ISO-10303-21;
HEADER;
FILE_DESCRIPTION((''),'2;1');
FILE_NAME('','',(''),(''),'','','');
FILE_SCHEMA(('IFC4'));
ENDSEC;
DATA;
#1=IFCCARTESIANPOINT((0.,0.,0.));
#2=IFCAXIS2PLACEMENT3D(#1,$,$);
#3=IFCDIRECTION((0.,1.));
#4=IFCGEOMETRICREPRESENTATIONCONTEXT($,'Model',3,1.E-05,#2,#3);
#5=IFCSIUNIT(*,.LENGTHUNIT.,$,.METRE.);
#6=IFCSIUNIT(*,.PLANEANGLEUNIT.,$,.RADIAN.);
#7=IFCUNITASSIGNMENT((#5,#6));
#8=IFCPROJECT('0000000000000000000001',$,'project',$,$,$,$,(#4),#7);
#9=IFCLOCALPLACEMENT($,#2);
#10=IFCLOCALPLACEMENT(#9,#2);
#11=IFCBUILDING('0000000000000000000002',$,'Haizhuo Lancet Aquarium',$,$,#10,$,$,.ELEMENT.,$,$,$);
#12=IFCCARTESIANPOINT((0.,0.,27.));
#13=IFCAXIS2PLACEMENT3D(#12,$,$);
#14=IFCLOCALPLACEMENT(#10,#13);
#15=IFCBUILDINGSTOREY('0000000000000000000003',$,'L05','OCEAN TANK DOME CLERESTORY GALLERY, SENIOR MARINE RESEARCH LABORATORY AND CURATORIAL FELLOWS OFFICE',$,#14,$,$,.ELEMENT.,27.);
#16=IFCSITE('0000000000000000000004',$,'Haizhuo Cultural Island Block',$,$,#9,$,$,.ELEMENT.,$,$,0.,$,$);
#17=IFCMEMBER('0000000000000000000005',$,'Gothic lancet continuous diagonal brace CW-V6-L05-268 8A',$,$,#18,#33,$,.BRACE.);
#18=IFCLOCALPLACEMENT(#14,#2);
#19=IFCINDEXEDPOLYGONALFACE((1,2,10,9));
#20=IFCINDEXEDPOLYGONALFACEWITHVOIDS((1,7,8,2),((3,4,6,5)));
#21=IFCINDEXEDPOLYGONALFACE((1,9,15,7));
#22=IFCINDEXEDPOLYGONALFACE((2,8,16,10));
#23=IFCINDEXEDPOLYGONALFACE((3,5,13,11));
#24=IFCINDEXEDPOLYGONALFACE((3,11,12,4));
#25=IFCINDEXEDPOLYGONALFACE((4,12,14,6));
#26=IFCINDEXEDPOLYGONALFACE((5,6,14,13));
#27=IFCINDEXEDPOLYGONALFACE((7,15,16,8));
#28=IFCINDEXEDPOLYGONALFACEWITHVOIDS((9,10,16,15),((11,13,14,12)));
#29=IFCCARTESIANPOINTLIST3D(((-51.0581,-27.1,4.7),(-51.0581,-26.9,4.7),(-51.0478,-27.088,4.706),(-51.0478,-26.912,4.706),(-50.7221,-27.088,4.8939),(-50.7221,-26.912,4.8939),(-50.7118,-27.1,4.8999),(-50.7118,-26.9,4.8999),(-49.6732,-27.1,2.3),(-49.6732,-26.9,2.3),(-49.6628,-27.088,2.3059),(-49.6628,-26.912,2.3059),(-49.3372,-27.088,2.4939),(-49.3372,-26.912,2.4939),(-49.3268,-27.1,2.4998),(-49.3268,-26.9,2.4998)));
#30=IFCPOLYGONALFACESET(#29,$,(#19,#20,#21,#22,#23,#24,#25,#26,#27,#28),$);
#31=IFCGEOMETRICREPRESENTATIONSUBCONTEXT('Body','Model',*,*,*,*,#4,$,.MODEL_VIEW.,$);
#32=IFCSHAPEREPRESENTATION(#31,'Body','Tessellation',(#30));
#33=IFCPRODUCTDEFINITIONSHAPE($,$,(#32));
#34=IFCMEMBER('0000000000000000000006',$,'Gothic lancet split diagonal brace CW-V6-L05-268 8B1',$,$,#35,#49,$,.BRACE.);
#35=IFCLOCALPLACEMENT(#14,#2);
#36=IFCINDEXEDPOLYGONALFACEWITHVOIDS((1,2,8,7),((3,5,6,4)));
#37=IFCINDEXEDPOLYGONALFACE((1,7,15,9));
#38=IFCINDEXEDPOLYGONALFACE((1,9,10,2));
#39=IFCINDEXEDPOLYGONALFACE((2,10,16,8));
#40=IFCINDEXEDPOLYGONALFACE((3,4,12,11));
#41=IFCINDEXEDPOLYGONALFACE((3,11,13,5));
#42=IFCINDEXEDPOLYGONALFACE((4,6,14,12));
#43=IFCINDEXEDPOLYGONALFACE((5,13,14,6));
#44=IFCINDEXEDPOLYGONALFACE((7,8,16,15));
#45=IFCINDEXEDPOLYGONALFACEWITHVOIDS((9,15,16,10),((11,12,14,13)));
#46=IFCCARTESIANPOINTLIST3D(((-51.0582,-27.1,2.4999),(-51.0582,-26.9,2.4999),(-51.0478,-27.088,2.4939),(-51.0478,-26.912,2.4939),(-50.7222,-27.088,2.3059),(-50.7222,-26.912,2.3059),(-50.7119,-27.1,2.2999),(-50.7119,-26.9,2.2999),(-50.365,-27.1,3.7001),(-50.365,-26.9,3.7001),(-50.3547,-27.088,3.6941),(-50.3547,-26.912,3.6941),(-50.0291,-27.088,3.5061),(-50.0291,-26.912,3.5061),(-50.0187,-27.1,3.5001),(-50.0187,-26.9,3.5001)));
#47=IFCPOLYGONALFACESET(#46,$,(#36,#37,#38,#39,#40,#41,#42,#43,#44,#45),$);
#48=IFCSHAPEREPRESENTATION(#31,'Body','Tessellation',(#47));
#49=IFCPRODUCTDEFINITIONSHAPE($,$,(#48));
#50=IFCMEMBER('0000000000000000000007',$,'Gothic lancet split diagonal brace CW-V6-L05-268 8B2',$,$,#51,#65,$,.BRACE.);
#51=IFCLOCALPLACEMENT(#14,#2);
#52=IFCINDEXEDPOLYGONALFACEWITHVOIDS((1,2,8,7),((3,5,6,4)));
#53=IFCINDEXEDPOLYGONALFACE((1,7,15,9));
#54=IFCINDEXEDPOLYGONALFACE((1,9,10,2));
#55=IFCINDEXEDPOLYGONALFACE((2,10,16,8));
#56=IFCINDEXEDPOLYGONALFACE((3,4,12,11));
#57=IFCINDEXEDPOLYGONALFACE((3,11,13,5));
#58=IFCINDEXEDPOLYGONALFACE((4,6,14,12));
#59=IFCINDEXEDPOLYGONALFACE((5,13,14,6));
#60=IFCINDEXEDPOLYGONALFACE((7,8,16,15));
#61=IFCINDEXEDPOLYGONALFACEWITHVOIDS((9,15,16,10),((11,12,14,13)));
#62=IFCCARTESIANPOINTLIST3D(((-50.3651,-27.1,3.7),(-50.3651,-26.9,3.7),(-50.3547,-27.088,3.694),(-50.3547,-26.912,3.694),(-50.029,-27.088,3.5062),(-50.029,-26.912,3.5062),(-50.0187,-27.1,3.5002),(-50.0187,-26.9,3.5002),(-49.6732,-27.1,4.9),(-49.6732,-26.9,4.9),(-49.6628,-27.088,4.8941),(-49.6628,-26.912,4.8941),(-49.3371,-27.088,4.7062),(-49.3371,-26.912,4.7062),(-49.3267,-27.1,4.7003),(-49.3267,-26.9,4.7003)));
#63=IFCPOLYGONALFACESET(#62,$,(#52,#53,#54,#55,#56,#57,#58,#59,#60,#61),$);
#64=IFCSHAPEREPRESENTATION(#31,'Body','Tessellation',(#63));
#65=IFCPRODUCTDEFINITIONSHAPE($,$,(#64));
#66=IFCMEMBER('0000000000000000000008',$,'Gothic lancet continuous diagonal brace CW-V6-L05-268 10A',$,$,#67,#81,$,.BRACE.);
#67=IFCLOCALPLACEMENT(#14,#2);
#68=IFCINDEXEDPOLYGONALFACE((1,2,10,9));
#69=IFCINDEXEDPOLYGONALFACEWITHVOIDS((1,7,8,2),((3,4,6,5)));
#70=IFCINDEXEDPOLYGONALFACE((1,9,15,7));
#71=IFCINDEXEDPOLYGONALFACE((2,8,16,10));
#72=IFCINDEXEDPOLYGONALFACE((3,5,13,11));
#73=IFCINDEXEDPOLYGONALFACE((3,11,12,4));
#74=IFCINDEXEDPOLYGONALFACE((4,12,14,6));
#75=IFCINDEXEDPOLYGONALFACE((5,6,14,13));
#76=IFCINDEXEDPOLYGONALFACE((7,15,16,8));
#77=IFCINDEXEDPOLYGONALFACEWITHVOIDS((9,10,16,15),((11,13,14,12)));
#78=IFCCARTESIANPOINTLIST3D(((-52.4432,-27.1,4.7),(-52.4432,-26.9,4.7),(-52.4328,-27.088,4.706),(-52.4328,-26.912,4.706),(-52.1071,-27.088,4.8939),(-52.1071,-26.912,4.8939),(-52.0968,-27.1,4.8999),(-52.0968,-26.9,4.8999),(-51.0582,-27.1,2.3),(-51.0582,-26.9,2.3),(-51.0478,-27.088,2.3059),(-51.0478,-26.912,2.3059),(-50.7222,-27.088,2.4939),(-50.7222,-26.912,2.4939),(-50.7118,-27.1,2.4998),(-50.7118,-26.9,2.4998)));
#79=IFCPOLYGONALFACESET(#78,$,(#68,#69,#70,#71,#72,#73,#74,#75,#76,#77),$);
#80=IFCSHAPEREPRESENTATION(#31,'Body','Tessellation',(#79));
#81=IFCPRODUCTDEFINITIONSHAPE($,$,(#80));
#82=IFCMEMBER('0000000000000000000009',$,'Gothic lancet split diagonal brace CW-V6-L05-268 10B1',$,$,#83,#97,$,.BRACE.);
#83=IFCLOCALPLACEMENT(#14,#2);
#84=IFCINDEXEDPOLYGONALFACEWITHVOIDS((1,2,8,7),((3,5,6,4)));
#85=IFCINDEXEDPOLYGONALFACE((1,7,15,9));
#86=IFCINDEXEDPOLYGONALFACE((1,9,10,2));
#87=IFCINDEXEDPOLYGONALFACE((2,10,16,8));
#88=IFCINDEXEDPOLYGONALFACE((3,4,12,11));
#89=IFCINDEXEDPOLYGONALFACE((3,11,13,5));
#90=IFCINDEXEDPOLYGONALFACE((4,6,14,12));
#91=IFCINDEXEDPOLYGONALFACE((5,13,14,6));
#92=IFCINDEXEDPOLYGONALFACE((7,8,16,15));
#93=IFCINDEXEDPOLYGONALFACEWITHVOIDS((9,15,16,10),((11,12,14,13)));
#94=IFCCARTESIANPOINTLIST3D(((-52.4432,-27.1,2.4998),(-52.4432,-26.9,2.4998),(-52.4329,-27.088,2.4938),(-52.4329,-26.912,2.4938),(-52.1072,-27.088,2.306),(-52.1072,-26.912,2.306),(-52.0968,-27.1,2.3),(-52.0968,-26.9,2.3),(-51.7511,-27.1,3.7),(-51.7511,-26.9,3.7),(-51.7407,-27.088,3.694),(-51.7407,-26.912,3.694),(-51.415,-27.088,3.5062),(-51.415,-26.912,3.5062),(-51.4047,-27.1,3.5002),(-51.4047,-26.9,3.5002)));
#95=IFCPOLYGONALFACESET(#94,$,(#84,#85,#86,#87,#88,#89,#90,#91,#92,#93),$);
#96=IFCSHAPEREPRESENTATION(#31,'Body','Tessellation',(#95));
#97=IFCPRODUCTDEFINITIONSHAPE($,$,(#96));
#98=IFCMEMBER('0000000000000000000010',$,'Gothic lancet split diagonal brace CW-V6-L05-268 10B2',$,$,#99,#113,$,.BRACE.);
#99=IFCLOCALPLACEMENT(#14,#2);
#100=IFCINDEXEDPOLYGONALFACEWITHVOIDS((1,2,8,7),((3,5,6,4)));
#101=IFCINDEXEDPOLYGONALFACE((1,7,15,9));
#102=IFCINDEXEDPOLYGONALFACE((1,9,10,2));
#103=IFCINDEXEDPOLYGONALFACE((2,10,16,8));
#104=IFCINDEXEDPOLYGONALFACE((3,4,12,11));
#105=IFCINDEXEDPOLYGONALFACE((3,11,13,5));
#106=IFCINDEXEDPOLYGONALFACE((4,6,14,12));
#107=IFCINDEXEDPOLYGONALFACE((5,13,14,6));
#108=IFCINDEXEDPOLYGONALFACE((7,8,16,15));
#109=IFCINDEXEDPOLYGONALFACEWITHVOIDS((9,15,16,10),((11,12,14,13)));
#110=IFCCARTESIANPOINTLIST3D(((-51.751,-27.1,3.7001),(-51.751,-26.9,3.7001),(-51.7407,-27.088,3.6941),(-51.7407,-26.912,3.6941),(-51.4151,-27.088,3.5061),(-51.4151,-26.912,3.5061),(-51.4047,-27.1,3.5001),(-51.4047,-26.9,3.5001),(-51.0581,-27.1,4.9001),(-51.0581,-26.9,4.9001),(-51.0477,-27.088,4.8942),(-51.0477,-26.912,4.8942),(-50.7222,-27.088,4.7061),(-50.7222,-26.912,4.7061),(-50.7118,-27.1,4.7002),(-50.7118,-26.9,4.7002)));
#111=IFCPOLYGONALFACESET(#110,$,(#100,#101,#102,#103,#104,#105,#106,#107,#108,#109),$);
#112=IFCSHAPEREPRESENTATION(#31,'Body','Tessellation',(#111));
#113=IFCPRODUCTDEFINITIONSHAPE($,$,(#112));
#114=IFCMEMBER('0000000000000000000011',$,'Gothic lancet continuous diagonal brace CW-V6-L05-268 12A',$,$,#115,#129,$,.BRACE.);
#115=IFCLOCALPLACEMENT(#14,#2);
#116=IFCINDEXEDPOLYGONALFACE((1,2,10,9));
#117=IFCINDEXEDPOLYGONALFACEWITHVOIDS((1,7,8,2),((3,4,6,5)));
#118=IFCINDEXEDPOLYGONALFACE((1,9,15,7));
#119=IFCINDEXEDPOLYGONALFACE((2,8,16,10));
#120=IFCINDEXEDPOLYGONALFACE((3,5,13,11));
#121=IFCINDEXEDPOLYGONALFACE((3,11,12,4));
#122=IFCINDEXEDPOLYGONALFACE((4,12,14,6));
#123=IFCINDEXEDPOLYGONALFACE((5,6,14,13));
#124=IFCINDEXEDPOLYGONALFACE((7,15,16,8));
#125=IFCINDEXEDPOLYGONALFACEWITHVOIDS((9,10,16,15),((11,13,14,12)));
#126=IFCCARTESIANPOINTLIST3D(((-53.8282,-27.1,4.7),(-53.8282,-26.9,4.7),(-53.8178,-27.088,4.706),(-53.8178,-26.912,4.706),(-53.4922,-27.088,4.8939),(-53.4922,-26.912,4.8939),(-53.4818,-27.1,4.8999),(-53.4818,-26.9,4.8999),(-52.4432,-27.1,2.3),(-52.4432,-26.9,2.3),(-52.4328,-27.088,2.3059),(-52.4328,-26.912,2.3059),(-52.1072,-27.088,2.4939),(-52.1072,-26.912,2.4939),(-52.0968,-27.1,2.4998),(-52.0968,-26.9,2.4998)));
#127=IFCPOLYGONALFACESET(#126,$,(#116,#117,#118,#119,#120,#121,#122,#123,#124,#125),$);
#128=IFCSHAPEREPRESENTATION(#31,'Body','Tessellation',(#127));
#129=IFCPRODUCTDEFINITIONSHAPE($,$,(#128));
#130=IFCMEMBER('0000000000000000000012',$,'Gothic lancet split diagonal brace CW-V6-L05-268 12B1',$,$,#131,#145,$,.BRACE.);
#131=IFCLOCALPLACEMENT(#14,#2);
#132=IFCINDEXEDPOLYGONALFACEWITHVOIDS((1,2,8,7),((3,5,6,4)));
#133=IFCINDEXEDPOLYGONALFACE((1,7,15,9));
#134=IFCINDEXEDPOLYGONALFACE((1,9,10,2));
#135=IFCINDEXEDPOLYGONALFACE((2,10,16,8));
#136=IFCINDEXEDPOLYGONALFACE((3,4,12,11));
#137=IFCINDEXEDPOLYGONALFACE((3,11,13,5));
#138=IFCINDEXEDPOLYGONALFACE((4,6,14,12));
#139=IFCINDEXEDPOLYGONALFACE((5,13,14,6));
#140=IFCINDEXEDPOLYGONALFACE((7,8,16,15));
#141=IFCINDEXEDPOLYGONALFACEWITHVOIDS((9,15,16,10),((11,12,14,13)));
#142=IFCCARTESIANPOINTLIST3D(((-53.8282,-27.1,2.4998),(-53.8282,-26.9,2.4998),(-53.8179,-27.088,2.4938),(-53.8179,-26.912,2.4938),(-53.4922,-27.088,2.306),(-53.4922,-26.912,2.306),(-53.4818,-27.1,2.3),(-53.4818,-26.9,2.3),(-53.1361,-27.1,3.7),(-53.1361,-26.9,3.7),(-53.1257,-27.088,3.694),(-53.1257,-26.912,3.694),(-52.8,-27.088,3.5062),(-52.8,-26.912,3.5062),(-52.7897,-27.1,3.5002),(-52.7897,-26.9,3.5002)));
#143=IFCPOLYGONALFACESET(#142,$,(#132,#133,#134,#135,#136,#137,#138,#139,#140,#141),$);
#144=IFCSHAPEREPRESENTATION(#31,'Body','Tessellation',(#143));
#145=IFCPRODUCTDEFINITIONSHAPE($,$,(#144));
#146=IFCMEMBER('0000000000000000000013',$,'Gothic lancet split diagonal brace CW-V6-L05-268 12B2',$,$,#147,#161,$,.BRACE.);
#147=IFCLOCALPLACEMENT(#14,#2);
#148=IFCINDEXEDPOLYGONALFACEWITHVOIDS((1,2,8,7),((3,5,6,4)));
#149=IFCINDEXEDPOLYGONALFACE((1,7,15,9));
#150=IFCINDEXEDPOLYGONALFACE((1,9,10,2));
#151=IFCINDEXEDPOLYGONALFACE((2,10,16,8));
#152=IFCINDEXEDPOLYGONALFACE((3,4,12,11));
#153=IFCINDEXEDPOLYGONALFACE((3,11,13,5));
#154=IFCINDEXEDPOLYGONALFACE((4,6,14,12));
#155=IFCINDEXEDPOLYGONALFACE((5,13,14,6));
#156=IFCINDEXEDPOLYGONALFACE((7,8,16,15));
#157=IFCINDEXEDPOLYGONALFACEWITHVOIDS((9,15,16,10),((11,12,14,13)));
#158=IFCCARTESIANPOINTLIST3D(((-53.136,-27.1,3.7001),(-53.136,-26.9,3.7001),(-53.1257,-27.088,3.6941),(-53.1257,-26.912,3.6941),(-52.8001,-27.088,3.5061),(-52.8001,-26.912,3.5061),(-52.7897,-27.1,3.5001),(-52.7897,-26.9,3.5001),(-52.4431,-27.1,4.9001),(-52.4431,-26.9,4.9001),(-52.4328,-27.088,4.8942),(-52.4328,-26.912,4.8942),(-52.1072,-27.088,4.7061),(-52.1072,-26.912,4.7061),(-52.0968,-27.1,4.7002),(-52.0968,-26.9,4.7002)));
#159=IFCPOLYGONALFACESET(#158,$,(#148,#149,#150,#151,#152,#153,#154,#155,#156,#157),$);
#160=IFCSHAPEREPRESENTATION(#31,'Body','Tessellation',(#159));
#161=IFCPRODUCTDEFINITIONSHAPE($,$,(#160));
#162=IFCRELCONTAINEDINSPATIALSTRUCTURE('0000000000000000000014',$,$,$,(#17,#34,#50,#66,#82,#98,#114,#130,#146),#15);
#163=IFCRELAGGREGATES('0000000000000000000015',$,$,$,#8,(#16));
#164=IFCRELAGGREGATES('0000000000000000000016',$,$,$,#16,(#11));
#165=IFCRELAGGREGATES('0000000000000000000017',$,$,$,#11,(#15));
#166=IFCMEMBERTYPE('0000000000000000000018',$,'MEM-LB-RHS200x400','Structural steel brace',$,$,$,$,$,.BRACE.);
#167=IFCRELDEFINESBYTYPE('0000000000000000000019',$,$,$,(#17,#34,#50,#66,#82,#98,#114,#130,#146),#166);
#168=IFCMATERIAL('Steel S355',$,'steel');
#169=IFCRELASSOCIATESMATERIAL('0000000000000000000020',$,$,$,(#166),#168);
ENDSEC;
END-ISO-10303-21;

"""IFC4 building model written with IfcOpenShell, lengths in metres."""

from ifc_helpers import new_model, si_unit, direction, frame, origin, origin_2d, place, context, subcontext, project, spatial, hollow_rectangle, extrude, material, material_profile, profile_set, type_object, element, save


model = new_model("IFC4")

# Units and contexts
model_context = context("Model", 3, precision=1e-05, world=origin(), true_north=direction((0.0, 1.0)))
body_context = subcontext(model_context, "Body", "Model", "MODEL_VIEW")
ifc_project = project(units=[si_unit("LENGTHUNIT", "METRE"), si_unit("PLANEANGLEUNIT", "RADIAN")], contexts=[model_context])

# Site, building, storey
site_placement = place(None, origin())
site = spatial("IfcSite", under=ifc_project, at=site_placement, Name="Haizhuo Cultural Island Block", CompositionType="ELEMENT", RefElevation=0.0)
building_placement = place(site_placement, origin())
building = spatial("IfcBuilding", under=site, at=building_placement, Name="Haizhuo Lancet Aquarium", CompositionType="ELEMENT")
storey_placement = place(building_placement, frame((0.0, 0.0, 27.0)))
storey = spatial("IfcBuildingStorey", under=building, at=storey_placement, Name="L05", Description="OCEAN TANK DOME CLERESTORY GALLERY, SENIOR MARINE RESEARCH LABORATORY AND CURATORIAL FELLOWS OFFICE", CompositionType="ELEMENT", Elevation=27.0)

# Shared definitions
ifc_material_1 = material(Name="Steel S355", Category="steel")

# Members
ifc_material_profile_1 = material_profile(ifc_material_1, hollow_rectangle(XDim=0.2, YDim=0.3999, WallThickness=0.012, at=origin_2d()), Name="RHS 200x400x12")
ifc_profile_set_1 = profile_set([ifc_material_profile_1], Name="Steel S355")
member_type_1 = type_object("IfcMemberType", Name="MEM-LB-RHS200x400", Description="Structural steel brace", PredefinedType="BRACE", material=ifc_profile_set_1)
member_1_placement = place(storey_placement, frame((-49.5, -27.0, 2.3999), z_axis=(-0.499806, 0.0, 0.866137), x_axis=(0.0, -1.0, 0.0)))
element("IfcMember", 1, at=member_1_placement, inside=storey, type_object=member_type_1, Name="Gothic lancet continuous diagonal brace CW-V6-L05-268 8A", PredefinedType="BRACE", context=body_context, shape_type="SweptSolid", body=[
    extrude(hollow_rectangle(XDim=0.2, YDim=0.3999, WallThickness=0.012, at=origin_2d()), origin(), (0.0, 0.0, 1.0), 2.771),
])
member_2_placement = place(storey_placement, frame((-50.885, -27.0, 2.3999), z_axis=(0.500099, 0.0, 0.865968), x_axis=(0.0, 1.0, 0.0)))
element("IfcMember", 2, at=member_2_placement, inside=storey, type_object=member_type_1, Name="Gothic lancet split diagonal brace CW-V6-L05-268 8B1", PredefinedType="BRACE", context=body_context, shape_type="SweptSolid", body=[
    extrude(hollow_rectangle(XDim=0.2, YDim=0.3999, WallThickness=0.012, at=origin_2d()), origin(), (0.0, 0.0, 1.0), 1.386),
])
member_3_placement = place(storey_placement, frame((-50.1919, -27.0, 3.6001), z_axis=(0.499514, 0.0, 0.866306), x_axis=(0.0, 1.0, 0.0)))
element("IfcMember", 3, at=member_3_placement, inside=storey, type_object=member_type_1, Name="Gothic lancet split diagonal brace CW-V6-L05-268 8B2", PredefinedType="BRACE", context=body_context, shape_type="SweptSolid", body=[
    extrude(hollow_rectangle(XDim=0.2, YDim=0.3999, WallThickness=0.012, at=origin_2d()), origin(), (0.0, 0.0, 1.0), 1.3853),
])
member_4_placement = place(storey_placement, frame((-50.885, -27.0, 2.3999), z_axis=(-0.499806, 0.0, 0.866137), x_axis=(0.0, -1.0, 0.0)))
element("IfcMember", 4, at=member_4_placement, inside=storey, type_object=member_type_1, Name="Gothic lancet continuous diagonal brace CW-V6-L05-268 10A", PredefinedType="BRACE", context=body_context, shape_type="SweptSolid", body=[
    extrude(hollow_rectangle(XDim=0.2, YDim=0.3999, WallThickness=0.012, at=origin_2d()), origin(), (0.0, 0.0, 1.0), 2.771),
])
member_5_placement = place(storey_placement, frame((-52.27, -27.0, 2.3999), z_axis=(0.49957, 0.0, 0.866274), x_axis=(0.0, 1.0, 0.0)))
element("IfcMember", 5, at=member_5_placement, inside=storey, type_object=member_type_1, Name="Gothic lancet split diagonal brace CW-V6-L05-268 10B1", PredefinedType="BRACE", context=body_context, shape_type="SweptSolid", body=[
    extrude(hollow_rectangle(XDim=0.2, YDim=0.3999, WallThickness=0.012, at=origin_2d()), origin(), (0.0, 0.0, 1.0), 1.3855),
])
member_6_placement = place(storey_placement, frame((-51.5779, -27.0, 3.6001), z_axis=(0.500043, 0.0, 0.866001), x_axis=(0.0, 1.0, 0.0)))
element("IfcMember", 6, at=member_6_placement, inside=storey, type_object=member_type_1, Name="Gothic lancet split diagonal brace CW-V6-L05-268 10B2", PredefinedType="BRACE", context=body_context, shape_type="SweptSolid", body=[
    extrude(hollow_rectangle(XDim=0.2, YDim=0.3999, WallThickness=0.012, at=origin_2d()), origin(), (0.0, 0.0, 1.0), 1.3857),
])
member_7_placement = place(storey_placement, frame((-52.27, -27.0, 2.3999), z_axis=(-0.499806, 0.0, 0.866137), x_axis=(0.0, -1.0, 0.0)))
element("IfcMember", 7, at=member_7_placement, inside=storey, type_object=member_type_1, Name="Gothic lancet continuous diagonal brace CW-V6-L05-268 12A", PredefinedType="BRACE", context=body_context, shape_type="SweptSolid", body=[
    extrude(hollow_rectangle(XDim=0.2, YDim=0.3999, WallThickness=0.012, at=origin_2d()), origin(), (0.0, 0.0, 1.0), 2.771),
])
member_8_placement = place(storey_placement, frame((-53.655, -27.0, 2.3999), z_axis=(0.49957, 0.0, 0.866274), x_axis=(0.0, 1.0, 0.0)))
element("IfcMember", 8, at=member_8_placement, inside=storey, type_object=member_type_1, Name="Gothic lancet split diagonal brace CW-V6-L05-268 12B1", PredefinedType="BRACE", context=body_context, shape_type="SweptSolid", body=[
    extrude(hollow_rectangle(XDim=0.2, YDim=0.3999, WallThickness=0.012, at=origin_2d()), origin(), (0.0, 0.0, 1.0), 1.3855),
])
member_9_placement = place(storey_placement, frame((-52.9629, -27.0, 3.6001), z_axis=(0.500043, 0.0, 0.866001), x_axis=(0.0, 1.0, 0.0)))
element("IfcMember", 9, at=member_9_placement, inside=storey, type_object=member_type_1, Name="Gothic lancet split diagonal brace CW-V6-L05-268 12B2", PredefinedType="BRACE", context=body_context, shape_type="SweptSolid", body=[
    extrude(hollow_rectangle(XDim=0.2, YDim=0.3999, WallThickness=0.012, at=origin_2d()), origin(), (0.0, 0.0, 1.0), 1.3857),
])

save(model, "model.ifc")
